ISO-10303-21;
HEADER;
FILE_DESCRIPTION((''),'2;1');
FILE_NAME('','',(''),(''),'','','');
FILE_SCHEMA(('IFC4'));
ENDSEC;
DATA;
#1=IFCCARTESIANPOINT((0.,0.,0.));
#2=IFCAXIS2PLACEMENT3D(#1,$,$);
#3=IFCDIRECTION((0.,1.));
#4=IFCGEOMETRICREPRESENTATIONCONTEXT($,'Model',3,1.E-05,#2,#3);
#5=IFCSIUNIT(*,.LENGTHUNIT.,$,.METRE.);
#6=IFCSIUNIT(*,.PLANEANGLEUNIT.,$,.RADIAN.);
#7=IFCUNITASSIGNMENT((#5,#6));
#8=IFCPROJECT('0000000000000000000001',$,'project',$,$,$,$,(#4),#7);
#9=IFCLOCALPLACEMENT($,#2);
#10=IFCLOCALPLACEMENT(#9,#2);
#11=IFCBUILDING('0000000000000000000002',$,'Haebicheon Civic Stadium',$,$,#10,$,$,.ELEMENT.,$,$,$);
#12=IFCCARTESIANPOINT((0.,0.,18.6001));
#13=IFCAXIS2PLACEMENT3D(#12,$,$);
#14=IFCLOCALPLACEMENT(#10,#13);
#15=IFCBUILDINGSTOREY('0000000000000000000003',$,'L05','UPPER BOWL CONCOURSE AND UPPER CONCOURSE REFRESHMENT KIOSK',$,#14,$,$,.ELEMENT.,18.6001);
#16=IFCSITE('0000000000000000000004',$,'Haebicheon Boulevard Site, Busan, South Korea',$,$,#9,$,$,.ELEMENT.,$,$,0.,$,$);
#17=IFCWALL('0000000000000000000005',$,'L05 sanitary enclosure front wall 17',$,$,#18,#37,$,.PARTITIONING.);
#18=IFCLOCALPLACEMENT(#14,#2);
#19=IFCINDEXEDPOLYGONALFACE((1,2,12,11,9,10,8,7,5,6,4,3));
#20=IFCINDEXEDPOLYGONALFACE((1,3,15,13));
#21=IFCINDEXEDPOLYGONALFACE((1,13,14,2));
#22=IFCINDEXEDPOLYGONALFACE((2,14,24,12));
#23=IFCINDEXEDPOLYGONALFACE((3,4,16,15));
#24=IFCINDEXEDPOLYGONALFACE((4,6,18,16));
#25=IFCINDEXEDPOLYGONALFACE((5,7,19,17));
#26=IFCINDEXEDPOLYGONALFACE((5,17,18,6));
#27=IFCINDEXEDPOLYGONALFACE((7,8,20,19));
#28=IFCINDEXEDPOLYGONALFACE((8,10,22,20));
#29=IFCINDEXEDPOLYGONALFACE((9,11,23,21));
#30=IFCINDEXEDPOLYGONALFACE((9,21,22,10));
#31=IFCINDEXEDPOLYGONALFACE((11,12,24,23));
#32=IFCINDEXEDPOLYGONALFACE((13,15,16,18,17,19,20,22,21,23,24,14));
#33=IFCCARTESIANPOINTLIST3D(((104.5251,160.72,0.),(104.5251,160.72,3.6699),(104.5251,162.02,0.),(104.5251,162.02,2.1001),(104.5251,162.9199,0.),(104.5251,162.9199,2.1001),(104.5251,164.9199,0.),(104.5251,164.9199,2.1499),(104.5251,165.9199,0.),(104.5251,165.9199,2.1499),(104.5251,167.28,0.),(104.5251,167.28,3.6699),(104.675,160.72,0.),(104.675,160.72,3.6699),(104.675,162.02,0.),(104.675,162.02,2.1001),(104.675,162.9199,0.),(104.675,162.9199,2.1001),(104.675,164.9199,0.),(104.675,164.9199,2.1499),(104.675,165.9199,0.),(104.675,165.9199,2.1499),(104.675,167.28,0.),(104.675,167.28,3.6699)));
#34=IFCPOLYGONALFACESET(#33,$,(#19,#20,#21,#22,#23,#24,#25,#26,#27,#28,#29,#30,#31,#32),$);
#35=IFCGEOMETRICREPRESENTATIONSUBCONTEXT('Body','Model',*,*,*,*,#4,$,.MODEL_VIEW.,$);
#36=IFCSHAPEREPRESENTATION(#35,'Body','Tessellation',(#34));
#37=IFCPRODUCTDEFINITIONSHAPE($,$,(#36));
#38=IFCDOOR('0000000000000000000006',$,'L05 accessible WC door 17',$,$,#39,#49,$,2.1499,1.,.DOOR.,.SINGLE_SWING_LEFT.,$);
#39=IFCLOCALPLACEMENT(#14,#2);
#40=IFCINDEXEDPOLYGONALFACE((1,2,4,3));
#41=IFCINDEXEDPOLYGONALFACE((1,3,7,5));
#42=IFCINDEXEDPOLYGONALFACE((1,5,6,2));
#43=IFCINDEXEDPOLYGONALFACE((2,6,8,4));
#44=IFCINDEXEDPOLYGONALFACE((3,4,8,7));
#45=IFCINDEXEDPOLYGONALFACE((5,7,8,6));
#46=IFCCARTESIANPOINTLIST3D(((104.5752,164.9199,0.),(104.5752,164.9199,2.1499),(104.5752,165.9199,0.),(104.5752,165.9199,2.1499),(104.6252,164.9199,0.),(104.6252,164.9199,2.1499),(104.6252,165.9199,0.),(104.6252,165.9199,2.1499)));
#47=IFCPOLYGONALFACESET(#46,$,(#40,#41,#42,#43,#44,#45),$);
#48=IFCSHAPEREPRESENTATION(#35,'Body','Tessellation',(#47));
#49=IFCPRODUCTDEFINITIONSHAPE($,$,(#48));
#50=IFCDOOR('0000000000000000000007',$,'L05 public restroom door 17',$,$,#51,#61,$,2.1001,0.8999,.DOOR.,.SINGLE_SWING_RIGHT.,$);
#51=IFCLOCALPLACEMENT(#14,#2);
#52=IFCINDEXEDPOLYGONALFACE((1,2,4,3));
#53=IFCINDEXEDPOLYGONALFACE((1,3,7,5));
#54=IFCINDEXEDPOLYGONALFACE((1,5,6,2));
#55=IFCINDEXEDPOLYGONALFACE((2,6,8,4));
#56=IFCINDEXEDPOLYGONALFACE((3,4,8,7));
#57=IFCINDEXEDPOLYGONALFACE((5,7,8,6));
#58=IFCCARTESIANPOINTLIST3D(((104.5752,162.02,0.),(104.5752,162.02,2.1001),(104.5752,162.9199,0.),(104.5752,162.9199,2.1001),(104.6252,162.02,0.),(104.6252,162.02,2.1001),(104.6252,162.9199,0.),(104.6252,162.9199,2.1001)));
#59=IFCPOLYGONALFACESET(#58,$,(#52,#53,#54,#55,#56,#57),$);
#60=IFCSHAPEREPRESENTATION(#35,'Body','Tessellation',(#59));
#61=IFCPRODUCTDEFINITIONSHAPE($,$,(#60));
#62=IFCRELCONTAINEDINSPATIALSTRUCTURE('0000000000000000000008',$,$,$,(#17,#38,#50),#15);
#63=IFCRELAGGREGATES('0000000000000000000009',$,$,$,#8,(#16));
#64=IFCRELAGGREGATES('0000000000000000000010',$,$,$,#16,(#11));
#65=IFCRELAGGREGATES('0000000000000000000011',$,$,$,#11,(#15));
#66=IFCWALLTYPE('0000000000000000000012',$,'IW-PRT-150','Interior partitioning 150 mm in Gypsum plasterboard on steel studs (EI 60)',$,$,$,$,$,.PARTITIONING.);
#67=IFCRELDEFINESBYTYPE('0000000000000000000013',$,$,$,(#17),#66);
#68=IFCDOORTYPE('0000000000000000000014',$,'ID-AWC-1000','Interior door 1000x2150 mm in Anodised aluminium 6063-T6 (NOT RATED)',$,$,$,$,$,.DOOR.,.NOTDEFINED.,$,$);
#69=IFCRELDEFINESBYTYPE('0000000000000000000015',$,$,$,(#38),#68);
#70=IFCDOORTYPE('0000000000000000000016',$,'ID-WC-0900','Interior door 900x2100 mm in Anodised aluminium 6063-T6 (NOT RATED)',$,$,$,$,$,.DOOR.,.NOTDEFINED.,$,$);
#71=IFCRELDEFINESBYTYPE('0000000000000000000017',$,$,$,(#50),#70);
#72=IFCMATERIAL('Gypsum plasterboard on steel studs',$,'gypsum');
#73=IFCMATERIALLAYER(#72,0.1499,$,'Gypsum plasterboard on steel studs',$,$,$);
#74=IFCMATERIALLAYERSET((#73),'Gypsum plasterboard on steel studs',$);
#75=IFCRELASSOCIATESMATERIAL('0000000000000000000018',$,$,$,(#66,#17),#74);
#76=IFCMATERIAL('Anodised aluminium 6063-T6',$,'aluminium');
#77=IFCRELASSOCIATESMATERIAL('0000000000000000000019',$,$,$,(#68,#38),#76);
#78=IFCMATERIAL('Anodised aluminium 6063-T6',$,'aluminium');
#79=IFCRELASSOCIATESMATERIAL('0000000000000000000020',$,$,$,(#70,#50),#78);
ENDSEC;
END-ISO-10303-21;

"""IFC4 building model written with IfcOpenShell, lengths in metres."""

from ifc_helpers import new_model, si_unit, direction, frame, frame_2d, origin, place, context, subcontext, project, spatial, rectangle, extrude, material, layer, layer_set, type_object, element, fill, save


model = new_model("IFC4")

# Units and contexts
model_context = context("Model", 3, precision=1e-05, world=origin(), true_north=direction((0.0, 1.0)))
body_context = subcontext(model_context, "Body", "Model", "MODEL_VIEW")
ifc_project = project(units=[si_unit("LENGTHUNIT", "METRE"), si_unit("PLANEANGLEUNIT", "RADIAN")], contexts=[model_context])

# Site, building, storey
site_placement = place(None, origin())
site = spatial("IfcSite", under=ifc_project, at=site_placement, Name="Haebicheon Boulevard Site, Busan, South Korea", CompositionType="ELEMENT", RefElevation=0.0)
building_placement = place(site_placement, origin())
building = spatial("IfcBuilding", under=site, at=building_placement, Name="Haebicheon Civic Stadium", CompositionType="ELEMENT")
storey_placement = place(building_placement, frame((0.0, 0.0, 18.6001)))
storey = spatial("IfcBuildingStorey", under=building, at=storey_placement, Name="L05", Description="UPPER BOWL CONCOURSE AND UPPER CONCOURSE REFRESHMENT KIOSK", CompositionType="ELEMENT", Elevation=18.6001)

# Wall, openings, doors
ifc_material_1 = material(Name="Gypsum plasterboard on steel studs", Category="gypsum")
ifc_layer_1 = layer(ifc_material_1, 0.1499, Name="Gypsum plasterboard on steel studs")
ifc_layer_set_1 = layer_set([ifc_layer_1], Name="Gypsum plasterboard on steel studs")
wall_type_1 = type_object("IfcWallType", Name="IW-PRT-150", Description="Interior partitioning 150 mm in Gypsum plasterboard on steel studs (EI 60)", PredefinedType="PARTITIONING", material=ifc_layer_set_1)
wall_1_placement = place(storey_placement, frame((104.6001, 160.72, 0.0), z_axis=(0.0, 0.0, 1.0), x_axis=(0.0, 1.0, 0.0)))
wall_1 = element("IfcWall", 1, at=wall_1_placement, inside=storey, type_object=wall_type_1, material=ifc_layer_set_1, Name="L05 sanitary enclosure front wall 17", PredefinedType="PARTITIONING", context=body_context, shape_type="SweptSolid", body=[
    extrude(rectangle(XDim=6.5601, YDim=0.1499, at=frame_2d((3.28, 0.0))), origin(), (0.0, 0.0, 1.0), 3.6699),
])
opening_1_placement = place(wall_1_placement, frame((1.3, 0.0, 0.0)))
opening_1 = element("IfcOpeningElement", 2, at=opening_1_placement, cuts=wall_1, PredefinedType="OPENING", context=body_context, shape_type="SweptSolid", body=[
    extrude(rectangle(XDim=0.8999, YDim=2.1001, at=frame_2d((0.45, 1.05))), frame((0.0, 0.085, 0.0), z_axis=(0.0, -1.0, 0.0), x_axis=(1.0, 0.0, 0.0)), (0.0, 0.0, 1.0), 0.1699),
])
opening_2_placement = place(wall_1_placement, frame((4.2, 0.0, 0.0)))
opening_2 = element("IfcOpeningElement", 3, at=opening_2_placement, cuts=wall_1, PredefinedType="OPENING", context=body_context, shape_type="SweptSolid", body=[
    extrude(rectangle(XDim=1.0, YDim=2.1499, at=frame_2d((0.5, 1.075))), frame((0.0, 0.085, 0.0), z_axis=(0.0, -1.0, 0.0), x_axis=(1.0, 0.0, 0.0)), (0.0, 0.0, 1.0), 0.1699),
])
ifc_material_2 = material(Name="Anodised aluminium 6063-T6", Category="aluminium")
door_type_1 = type_object("IfcDoorType", Name="ID-AWC-1000", Description="Interior door 1000x2150 mm in Anodised aluminium 6063-T6 (NOT RATED)", OperationType="NOTDEFINED", PredefinedType="DOOR", material=ifc_material_2)
door_1_placement = place(opening_2_placement, origin())
door_1 = element("IfcDoor", 4, at=door_1_placement, inside=storey, type_object=door_type_1, material=ifc_material_2, Name="L05 accessible WC door 17", OperationType="SINGLE_SWING_LEFT", OverallHeight=2.1499, OverallWidth=1.0, PredefinedType="DOOR", context=body_context, shape_type="SweptSolid", body=[
    extrude(rectangle(XDim=1.0, YDim=2.1499, at=frame_2d((0.5, 1.075))), frame((0.0, 0.0249, 0.0), z_axis=(0.0, -1.0, 0.0), x_axis=(1.0, 0.0, 0.0)), (0.0, 0.0, 1.0), 0.05),
])
fill(opening_2, door_1)
ifc_material_3 = material(Name="Anodised aluminium 6063-T6", Category="aluminium")
door_type_2 = type_object("IfcDoorType", Name="ID-WC-0900", Description="Interior door 900x2100 mm in Anodised aluminium 6063-T6 (NOT RATED)", OperationType="NOTDEFINED", PredefinedType="DOOR", material=ifc_material_3)
door_2_placement = place(opening_1_placement, origin())
door_2 = element("IfcDoor", 5, at=door_2_placement, inside=storey, type_object=door_type_2, material=ifc_material_3, Name="L05 public restroom door 17", OperationType="SINGLE_SWING_RIGHT", OverallHeight=2.1001, OverallWidth=0.8999, PredefinedType="DOOR", context=body_context, shape_type="SweptSolid", body=[
    extrude(rectangle(XDim=0.8999, YDim=2.1001, at=frame_2d((0.45, 1.05))), frame((0.0, 0.0249, 0.0), z_axis=(0.0, -1.0, 0.0), x_axis=(1.0, 0.0, 0.0)), (0.0, 0.0, 1.0), 0.05),
])
fill(opening_1, door_2)

save(model, "model.ifc")
